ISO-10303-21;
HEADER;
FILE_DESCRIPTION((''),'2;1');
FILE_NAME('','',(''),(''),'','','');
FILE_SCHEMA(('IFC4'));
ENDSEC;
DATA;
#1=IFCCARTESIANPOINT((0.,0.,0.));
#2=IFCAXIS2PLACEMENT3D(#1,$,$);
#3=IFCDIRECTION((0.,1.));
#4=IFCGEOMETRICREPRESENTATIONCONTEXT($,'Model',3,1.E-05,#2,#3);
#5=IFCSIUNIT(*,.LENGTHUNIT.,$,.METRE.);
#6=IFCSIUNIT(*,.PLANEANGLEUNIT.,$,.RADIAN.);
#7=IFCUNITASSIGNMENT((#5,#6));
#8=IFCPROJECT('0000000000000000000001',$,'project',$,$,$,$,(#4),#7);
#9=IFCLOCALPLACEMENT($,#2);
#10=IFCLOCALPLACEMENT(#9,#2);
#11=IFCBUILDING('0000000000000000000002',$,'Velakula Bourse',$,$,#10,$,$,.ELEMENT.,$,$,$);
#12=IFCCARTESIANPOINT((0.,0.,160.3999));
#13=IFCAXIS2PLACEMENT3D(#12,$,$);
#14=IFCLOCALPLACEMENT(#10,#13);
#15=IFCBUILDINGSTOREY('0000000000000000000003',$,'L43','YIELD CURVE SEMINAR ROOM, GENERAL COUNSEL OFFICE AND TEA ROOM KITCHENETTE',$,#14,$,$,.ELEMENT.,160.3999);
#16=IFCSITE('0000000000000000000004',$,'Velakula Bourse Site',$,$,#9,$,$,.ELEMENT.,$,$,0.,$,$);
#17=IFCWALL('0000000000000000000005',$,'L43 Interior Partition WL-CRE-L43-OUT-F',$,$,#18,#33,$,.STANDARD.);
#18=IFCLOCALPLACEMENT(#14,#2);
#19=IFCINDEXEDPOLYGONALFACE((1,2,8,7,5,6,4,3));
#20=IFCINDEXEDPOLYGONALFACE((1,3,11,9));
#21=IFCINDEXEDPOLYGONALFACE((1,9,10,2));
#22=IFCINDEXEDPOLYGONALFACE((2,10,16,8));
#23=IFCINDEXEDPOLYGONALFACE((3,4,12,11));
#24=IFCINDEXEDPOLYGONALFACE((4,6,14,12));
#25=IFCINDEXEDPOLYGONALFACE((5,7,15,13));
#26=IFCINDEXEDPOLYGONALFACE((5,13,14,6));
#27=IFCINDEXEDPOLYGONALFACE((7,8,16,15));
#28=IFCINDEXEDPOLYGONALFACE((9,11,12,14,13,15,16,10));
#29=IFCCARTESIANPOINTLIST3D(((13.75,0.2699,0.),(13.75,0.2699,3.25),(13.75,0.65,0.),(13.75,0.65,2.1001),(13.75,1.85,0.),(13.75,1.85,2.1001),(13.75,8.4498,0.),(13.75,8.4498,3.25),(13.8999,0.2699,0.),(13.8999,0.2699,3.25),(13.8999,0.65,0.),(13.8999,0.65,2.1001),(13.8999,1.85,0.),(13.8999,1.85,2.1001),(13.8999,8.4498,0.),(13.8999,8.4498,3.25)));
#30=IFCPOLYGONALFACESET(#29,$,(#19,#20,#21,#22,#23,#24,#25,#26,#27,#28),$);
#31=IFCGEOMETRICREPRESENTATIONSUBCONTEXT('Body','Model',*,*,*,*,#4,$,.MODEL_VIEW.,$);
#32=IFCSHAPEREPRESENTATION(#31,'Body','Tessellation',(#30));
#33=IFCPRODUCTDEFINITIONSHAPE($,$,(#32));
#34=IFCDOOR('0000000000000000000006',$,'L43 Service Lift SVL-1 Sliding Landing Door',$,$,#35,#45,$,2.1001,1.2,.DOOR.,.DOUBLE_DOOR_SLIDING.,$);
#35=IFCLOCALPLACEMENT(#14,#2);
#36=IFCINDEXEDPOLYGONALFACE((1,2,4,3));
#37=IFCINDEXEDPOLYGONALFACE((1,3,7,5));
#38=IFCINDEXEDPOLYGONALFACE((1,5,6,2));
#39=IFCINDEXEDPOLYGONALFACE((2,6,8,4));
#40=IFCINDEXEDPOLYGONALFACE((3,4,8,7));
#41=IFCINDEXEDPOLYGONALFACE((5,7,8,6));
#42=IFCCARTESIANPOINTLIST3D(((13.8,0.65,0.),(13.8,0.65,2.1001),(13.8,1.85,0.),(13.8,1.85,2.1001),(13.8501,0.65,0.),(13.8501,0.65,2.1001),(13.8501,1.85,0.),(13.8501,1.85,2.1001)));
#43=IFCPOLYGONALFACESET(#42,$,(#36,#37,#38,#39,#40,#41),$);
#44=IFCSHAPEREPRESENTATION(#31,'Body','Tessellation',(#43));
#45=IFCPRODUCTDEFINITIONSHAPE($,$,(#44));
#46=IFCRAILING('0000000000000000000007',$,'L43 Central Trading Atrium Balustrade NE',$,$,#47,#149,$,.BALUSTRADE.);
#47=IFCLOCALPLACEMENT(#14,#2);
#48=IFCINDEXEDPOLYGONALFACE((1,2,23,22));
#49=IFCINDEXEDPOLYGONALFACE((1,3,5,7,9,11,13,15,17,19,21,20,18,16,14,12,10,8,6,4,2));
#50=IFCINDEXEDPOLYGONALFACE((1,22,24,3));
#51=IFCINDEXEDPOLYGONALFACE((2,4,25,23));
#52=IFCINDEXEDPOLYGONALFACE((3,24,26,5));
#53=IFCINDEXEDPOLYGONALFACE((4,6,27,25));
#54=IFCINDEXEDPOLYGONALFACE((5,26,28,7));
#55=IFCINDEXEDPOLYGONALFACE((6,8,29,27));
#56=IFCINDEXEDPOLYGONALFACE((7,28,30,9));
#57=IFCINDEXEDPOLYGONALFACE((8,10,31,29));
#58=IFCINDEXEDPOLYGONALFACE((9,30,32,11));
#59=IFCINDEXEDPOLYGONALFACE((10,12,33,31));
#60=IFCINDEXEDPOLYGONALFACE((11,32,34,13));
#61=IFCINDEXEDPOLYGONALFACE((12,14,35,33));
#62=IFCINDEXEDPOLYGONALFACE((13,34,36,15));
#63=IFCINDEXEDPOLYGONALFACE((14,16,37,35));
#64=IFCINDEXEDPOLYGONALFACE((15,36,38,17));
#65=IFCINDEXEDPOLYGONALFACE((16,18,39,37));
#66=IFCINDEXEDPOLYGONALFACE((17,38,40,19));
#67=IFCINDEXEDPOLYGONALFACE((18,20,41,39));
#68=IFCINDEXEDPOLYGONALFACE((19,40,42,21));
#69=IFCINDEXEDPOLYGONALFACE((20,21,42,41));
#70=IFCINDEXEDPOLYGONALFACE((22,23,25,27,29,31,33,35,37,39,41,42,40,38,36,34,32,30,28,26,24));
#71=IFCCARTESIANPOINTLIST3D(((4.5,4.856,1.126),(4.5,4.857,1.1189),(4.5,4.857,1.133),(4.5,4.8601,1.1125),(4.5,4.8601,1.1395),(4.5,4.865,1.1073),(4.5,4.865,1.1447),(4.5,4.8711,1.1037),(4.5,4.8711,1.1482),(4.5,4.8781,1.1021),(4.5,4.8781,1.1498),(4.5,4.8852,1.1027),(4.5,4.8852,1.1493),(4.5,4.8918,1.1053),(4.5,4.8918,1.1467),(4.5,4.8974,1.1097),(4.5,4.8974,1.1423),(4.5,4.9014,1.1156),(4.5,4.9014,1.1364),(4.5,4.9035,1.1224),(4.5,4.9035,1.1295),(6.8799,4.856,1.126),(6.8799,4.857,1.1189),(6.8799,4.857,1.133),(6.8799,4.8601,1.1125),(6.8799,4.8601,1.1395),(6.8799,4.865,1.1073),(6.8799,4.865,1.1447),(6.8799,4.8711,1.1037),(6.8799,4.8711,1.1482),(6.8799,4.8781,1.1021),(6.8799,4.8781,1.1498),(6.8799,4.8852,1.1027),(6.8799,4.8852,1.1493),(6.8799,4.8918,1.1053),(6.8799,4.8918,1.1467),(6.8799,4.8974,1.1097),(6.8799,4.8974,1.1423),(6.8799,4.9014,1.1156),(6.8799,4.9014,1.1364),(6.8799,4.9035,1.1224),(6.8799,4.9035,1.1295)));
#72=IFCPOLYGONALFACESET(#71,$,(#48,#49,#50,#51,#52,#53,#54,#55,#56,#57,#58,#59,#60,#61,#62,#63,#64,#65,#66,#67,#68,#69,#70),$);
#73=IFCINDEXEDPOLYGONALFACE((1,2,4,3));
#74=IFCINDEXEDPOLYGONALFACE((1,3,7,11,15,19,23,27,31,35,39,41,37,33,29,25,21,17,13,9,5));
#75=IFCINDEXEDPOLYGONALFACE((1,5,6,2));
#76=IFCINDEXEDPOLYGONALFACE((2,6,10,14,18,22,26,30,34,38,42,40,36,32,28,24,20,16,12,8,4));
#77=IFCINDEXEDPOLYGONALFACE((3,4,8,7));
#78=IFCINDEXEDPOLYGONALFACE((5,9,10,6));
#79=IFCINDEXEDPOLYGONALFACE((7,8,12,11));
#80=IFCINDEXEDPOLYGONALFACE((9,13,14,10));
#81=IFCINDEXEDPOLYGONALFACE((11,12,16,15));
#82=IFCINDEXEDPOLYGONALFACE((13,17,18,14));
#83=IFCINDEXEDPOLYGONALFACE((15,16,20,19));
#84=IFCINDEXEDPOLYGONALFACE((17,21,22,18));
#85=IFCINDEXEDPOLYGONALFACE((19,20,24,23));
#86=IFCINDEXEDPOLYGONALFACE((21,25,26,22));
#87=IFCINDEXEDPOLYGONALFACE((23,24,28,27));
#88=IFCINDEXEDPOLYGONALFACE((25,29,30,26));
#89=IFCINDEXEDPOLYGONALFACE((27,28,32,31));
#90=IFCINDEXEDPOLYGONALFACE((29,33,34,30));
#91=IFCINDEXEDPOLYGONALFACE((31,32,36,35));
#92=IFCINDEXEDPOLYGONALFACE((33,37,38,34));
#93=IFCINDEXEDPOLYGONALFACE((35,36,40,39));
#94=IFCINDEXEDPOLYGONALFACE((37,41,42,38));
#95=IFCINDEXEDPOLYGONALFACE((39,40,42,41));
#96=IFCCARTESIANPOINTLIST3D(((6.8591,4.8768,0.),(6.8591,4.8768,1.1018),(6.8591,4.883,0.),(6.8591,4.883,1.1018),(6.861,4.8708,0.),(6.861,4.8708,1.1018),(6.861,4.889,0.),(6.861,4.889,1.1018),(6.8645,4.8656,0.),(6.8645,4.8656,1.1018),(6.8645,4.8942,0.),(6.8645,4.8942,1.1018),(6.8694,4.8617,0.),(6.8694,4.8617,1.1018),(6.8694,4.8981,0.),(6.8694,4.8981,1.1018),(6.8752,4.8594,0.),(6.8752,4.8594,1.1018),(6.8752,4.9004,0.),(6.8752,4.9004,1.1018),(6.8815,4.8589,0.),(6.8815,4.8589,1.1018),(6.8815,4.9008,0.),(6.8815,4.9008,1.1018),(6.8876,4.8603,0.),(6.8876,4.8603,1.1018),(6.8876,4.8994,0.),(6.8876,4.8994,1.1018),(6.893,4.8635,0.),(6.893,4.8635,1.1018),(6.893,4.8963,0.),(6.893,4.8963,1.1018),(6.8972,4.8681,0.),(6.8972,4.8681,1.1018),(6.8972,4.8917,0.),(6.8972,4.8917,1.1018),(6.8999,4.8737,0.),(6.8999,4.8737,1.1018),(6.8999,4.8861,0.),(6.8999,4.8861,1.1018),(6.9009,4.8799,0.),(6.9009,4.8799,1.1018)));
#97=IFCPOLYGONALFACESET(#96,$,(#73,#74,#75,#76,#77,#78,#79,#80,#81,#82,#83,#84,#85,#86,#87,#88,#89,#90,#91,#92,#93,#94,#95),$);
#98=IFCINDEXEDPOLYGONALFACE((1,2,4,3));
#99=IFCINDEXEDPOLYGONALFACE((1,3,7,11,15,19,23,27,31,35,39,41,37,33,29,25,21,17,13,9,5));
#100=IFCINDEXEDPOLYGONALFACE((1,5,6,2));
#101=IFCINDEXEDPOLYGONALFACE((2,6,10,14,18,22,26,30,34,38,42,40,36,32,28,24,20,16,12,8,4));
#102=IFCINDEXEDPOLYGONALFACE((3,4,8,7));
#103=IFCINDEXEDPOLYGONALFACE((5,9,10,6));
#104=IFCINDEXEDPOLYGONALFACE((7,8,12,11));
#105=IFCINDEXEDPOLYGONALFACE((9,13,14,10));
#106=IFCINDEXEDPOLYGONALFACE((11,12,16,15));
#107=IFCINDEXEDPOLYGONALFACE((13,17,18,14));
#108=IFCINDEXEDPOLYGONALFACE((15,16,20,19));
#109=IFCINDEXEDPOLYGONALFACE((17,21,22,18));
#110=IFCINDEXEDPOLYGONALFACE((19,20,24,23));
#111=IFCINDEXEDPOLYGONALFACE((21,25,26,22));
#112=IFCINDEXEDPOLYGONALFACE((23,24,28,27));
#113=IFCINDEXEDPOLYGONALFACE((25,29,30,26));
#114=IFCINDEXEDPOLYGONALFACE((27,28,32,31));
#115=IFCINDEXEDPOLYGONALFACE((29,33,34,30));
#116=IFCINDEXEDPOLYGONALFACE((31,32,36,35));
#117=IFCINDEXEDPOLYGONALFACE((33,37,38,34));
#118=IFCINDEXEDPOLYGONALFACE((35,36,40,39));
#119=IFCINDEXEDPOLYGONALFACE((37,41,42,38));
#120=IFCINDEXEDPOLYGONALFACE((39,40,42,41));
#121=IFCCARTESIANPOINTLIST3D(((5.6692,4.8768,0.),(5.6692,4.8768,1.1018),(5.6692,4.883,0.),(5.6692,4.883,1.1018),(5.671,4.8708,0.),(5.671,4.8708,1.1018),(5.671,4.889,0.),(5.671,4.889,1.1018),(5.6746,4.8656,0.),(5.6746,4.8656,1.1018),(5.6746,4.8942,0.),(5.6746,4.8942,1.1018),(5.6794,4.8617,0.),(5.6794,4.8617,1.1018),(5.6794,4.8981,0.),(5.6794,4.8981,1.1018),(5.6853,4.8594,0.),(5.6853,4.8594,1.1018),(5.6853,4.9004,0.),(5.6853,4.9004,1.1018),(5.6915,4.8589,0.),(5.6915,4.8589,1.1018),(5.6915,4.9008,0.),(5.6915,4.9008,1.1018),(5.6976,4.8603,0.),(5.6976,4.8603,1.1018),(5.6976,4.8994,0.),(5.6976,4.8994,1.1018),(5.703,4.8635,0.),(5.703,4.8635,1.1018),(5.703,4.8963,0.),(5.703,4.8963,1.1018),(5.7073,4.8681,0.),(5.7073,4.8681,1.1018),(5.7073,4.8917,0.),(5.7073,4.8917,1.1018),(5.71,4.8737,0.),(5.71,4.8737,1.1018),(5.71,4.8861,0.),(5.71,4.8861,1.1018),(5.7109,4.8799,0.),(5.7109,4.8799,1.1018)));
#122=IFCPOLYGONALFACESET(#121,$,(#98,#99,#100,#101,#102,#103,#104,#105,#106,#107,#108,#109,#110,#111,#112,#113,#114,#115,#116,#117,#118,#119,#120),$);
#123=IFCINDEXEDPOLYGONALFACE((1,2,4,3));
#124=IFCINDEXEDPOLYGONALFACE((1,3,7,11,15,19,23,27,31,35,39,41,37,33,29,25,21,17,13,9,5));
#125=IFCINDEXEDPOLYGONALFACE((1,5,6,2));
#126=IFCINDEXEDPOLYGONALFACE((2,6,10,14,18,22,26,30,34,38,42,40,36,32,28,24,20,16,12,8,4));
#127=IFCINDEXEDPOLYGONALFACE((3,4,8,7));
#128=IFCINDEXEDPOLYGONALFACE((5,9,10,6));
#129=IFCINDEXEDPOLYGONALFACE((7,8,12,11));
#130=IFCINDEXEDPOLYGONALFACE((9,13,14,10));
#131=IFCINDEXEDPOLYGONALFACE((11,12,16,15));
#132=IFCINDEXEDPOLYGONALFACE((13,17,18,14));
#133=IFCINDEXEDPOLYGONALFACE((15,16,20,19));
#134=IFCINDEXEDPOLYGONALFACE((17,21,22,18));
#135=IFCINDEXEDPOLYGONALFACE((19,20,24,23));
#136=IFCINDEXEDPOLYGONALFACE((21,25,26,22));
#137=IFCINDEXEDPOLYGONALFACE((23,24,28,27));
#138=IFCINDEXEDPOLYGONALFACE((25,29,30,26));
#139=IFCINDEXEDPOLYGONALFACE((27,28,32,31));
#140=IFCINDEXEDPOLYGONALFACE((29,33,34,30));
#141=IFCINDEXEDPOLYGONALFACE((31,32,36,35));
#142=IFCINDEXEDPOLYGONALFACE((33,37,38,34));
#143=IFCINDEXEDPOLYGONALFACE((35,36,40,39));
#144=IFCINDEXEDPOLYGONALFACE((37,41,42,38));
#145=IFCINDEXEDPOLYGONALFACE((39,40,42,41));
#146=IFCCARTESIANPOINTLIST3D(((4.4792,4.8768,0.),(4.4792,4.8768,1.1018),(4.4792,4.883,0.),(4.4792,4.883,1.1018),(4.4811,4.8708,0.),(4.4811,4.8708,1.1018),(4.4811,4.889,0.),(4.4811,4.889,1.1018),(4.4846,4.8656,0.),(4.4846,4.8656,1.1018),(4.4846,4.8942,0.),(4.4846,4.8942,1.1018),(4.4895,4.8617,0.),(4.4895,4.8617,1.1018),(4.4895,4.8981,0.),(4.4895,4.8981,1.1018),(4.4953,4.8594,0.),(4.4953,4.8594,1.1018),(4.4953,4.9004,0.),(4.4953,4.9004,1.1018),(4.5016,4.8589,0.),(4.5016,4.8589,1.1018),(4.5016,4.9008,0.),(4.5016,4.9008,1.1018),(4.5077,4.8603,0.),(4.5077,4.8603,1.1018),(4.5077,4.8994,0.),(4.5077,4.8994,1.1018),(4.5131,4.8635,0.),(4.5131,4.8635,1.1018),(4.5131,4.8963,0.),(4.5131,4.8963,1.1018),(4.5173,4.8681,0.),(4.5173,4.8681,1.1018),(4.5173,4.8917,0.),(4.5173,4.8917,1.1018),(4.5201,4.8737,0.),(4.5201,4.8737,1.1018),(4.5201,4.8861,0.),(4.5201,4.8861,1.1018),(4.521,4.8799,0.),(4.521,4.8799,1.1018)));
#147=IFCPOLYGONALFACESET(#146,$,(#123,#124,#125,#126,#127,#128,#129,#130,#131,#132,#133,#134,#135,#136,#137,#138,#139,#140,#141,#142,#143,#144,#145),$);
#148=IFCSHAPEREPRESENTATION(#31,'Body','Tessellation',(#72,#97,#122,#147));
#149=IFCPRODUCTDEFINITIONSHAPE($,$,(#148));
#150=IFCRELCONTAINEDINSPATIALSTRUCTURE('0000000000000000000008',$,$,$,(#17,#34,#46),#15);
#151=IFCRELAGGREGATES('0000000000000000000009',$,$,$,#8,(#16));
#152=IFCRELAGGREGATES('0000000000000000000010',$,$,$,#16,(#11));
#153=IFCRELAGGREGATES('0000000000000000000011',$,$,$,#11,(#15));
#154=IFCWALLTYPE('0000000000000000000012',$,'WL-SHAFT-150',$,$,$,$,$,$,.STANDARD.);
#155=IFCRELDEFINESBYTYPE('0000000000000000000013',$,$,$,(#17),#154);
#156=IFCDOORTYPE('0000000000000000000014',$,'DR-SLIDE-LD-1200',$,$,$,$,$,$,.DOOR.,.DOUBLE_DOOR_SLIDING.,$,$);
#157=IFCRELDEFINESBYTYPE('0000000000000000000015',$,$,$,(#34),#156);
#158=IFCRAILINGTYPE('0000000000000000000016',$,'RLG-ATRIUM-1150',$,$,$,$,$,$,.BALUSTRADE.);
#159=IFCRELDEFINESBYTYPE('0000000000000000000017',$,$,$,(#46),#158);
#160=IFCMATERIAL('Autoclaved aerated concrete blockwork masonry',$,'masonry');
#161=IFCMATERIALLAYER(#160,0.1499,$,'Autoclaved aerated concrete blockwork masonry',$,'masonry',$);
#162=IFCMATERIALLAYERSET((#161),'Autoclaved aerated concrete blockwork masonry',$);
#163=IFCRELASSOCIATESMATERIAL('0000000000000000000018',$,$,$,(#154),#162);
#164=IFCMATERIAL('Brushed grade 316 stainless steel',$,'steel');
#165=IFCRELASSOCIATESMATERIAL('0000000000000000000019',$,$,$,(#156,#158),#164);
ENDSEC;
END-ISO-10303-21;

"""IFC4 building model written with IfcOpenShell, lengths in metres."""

from ifc_helpers import new_model, si_unit, direction, frame, frame_2d, origin, origin_2d, place, context, subcontext, project, spatial, rectangle, circle, extrude, material, layer, layer_set, type_object, element, fill, save


model = new_model("IFC4")

# Units and contexts
model_context = context("Model", 3, precision=1e-05, world=origin(), true_north=direction((0.0, 1.0)))
body_context = subcontext(model_context, "Body", "Model", "MODEL_VIEW")
ifc_project = project(units=[si_unit("LENGTHUNIT", "METRE"), si_unit("PLANEANGLEUNIT", "RADIAN")], contexts=[model_context])

# Site, building, storey
site_placement = place(None, origin())
site = spatial("IfcSite", under=ifc_project, at=site_placement, Name="Velakula Bourse Site", CompositionType="ELEMENT", RefElevation=0.0)
building_placement = place(site_placement, origin())
building = spatial("IfcBuilding", under=site, at=building_placement, Name="Velakula Bourse", CompositionType="ELEMENT")
storey_placement = place(building_placement, frame((0.0, 0.0, 160.3999)))
storey = spatial("IfcBuildingStorey", under=building, at=storey_placement, Name="L43", Description="YIELD CURVE SEMINAR ROOM, GENERAL COUNSEL OFFICE AND TEA ROOM KITCHENETTE", CompositionType="ELEMENT", Elevation=160.3999)

# Shared definitions
ifc_material_1 = material(Name="Autoclaved aerated concrete blockwork masonry", Category="masonry")
ifc_layer_1 = layer(ifc_material_1, 0.1499, Name="Autoclaved aerated concrete blockwork masonry", Category="masonry")
ifc_layer_set_1 = layer_set([ifc_layer_1], Name="Autoclaved aerated concrete blockwork masonry")
wall_type_1 = type_object("IfcWallType", Name="WL-SHAFT-150", PredefinedType="STANDARD", material=ifc_layer_set_1)

# Shared definitions
ifc_material_2 = material(Name="Brushed grade 316 stainless steel", Category="steel")

# Wall, opening, door
wall_1_placement = place(storey_placement, frame((13.825, 0.27, 0.0), z_axis=(0.0, 0.0, 1.0), x_axis=(0.0, 1.0, 0.0)))
wall_1 = element("IfcWall", 1, at=wall_1_placement, inside=storey, type_object=wall_type_1, Name="L43 Interior Partition WL-CRE-L43-OUT-F", PredefinedType="STANDARD", context=body_context, shape_type="SweptSolid", body=[
    extrude(rectangle(XDim=8.1799, YDim=0.1499, at=frame_2d((4.0898, 0.0))), origin(), (0.0, 0.0, 1.0), 3.25),
])
opening_1_placement = place(wall_1_placement, frame((0.3799, 0.0, 0.0)))
opening_1 = element("IfcOpeningElement", 2, at=opening_1_placement, cuts=wall_1, PredefinedType="OPENING", context=body_context, shape_type="SweptSolid", body=[
    extrude(rectangle(XDim=1.2, YDim=2.1001, at=frame_2d((0.6001, 1.05))), frame((0.0, 0.085, 0.0), z_axis=(0.0, -1.0, 0.0), x_axis=(1.0, 0.0, 0.0)), (0.0, 0.0, 1.0), 0.1699),
])
door_type_1 = type_object("IfcDoorType", Name="DR-SLIDE-LD-1200", OperationType="DOUBLE_DOOR_SLIDING", PredefinedType="DOOR", material=ifc_material_2)
door_1_placement = place(opening_1_placement, origin())
door_1 = element("IfcDoor", 3, at=door_1_placement, inside=storey, type_object=door_type_1, Name="L43 Service Lift SVL-1 Sliding Landing Door", OperationType="DOUBLE_DOOR_SLIDING", OverallHeight=2.1001, OverallWidth=1.2, PredefinedType="DOOR", context=body_context, shape_type="SweptSolid", body=[
    extrude(rectangle(XDim=1.2, YDim=2.1001, at=frame_2d((0.6001, 1.05))), frame((0.0, 0.0249, 0.0), z_axis=(0.0, -1.0, 0.0), x_axis=(1.0, 0.0, 0.0)), (0.0, 0.0, 1.0), 0.05),
])
fill(opening_1, door_1)

# Railing
railing_type = type_object("IfcRailingType", Name="RLG-ATRIUM-1150", PredefinedType="BALUSTRADE", material=ifc_material_2)
railing_placement = place(storey_placement, frame((6.8799, 4.8799, 0.0)))
element("IfcRailing", 4, at=railing_placement, inside=storey, type_object=railing_type, Name="L43 Central Trading Atrium Balustrade NE", PredefinedType="BALUSTRADE", context=body_context, shape_type="SweptSolid", body=[
    extrude(circle(Radius=0.0239, at=origin_2d()), frame((0.0, 0.0, 1.126), z_axis=(-1.0, 0.0, 0.0), x_axis=(0.0, -1.0, 0.0)), (0.0, 0.0, 1.0), 2.3799),
    extrude(circle(Radius=0.021, at=origin_2d()), origin(), (0.0, 0.0, 1.0), 1.1018),
    extrude(circle(Radius=0.021, at=origin_2d()), frame((-1.1899, 0.0, 0.0)), (0.0, 0.0, 1.0), 1.1018),
    extrude(circle(Radius=0.021, at=origin_2d()), frame((-2.3799, 0.0, 0.0)), (0.0, 0.0, 1.0), 1.1018),
])

save(model, "model.ifc")
